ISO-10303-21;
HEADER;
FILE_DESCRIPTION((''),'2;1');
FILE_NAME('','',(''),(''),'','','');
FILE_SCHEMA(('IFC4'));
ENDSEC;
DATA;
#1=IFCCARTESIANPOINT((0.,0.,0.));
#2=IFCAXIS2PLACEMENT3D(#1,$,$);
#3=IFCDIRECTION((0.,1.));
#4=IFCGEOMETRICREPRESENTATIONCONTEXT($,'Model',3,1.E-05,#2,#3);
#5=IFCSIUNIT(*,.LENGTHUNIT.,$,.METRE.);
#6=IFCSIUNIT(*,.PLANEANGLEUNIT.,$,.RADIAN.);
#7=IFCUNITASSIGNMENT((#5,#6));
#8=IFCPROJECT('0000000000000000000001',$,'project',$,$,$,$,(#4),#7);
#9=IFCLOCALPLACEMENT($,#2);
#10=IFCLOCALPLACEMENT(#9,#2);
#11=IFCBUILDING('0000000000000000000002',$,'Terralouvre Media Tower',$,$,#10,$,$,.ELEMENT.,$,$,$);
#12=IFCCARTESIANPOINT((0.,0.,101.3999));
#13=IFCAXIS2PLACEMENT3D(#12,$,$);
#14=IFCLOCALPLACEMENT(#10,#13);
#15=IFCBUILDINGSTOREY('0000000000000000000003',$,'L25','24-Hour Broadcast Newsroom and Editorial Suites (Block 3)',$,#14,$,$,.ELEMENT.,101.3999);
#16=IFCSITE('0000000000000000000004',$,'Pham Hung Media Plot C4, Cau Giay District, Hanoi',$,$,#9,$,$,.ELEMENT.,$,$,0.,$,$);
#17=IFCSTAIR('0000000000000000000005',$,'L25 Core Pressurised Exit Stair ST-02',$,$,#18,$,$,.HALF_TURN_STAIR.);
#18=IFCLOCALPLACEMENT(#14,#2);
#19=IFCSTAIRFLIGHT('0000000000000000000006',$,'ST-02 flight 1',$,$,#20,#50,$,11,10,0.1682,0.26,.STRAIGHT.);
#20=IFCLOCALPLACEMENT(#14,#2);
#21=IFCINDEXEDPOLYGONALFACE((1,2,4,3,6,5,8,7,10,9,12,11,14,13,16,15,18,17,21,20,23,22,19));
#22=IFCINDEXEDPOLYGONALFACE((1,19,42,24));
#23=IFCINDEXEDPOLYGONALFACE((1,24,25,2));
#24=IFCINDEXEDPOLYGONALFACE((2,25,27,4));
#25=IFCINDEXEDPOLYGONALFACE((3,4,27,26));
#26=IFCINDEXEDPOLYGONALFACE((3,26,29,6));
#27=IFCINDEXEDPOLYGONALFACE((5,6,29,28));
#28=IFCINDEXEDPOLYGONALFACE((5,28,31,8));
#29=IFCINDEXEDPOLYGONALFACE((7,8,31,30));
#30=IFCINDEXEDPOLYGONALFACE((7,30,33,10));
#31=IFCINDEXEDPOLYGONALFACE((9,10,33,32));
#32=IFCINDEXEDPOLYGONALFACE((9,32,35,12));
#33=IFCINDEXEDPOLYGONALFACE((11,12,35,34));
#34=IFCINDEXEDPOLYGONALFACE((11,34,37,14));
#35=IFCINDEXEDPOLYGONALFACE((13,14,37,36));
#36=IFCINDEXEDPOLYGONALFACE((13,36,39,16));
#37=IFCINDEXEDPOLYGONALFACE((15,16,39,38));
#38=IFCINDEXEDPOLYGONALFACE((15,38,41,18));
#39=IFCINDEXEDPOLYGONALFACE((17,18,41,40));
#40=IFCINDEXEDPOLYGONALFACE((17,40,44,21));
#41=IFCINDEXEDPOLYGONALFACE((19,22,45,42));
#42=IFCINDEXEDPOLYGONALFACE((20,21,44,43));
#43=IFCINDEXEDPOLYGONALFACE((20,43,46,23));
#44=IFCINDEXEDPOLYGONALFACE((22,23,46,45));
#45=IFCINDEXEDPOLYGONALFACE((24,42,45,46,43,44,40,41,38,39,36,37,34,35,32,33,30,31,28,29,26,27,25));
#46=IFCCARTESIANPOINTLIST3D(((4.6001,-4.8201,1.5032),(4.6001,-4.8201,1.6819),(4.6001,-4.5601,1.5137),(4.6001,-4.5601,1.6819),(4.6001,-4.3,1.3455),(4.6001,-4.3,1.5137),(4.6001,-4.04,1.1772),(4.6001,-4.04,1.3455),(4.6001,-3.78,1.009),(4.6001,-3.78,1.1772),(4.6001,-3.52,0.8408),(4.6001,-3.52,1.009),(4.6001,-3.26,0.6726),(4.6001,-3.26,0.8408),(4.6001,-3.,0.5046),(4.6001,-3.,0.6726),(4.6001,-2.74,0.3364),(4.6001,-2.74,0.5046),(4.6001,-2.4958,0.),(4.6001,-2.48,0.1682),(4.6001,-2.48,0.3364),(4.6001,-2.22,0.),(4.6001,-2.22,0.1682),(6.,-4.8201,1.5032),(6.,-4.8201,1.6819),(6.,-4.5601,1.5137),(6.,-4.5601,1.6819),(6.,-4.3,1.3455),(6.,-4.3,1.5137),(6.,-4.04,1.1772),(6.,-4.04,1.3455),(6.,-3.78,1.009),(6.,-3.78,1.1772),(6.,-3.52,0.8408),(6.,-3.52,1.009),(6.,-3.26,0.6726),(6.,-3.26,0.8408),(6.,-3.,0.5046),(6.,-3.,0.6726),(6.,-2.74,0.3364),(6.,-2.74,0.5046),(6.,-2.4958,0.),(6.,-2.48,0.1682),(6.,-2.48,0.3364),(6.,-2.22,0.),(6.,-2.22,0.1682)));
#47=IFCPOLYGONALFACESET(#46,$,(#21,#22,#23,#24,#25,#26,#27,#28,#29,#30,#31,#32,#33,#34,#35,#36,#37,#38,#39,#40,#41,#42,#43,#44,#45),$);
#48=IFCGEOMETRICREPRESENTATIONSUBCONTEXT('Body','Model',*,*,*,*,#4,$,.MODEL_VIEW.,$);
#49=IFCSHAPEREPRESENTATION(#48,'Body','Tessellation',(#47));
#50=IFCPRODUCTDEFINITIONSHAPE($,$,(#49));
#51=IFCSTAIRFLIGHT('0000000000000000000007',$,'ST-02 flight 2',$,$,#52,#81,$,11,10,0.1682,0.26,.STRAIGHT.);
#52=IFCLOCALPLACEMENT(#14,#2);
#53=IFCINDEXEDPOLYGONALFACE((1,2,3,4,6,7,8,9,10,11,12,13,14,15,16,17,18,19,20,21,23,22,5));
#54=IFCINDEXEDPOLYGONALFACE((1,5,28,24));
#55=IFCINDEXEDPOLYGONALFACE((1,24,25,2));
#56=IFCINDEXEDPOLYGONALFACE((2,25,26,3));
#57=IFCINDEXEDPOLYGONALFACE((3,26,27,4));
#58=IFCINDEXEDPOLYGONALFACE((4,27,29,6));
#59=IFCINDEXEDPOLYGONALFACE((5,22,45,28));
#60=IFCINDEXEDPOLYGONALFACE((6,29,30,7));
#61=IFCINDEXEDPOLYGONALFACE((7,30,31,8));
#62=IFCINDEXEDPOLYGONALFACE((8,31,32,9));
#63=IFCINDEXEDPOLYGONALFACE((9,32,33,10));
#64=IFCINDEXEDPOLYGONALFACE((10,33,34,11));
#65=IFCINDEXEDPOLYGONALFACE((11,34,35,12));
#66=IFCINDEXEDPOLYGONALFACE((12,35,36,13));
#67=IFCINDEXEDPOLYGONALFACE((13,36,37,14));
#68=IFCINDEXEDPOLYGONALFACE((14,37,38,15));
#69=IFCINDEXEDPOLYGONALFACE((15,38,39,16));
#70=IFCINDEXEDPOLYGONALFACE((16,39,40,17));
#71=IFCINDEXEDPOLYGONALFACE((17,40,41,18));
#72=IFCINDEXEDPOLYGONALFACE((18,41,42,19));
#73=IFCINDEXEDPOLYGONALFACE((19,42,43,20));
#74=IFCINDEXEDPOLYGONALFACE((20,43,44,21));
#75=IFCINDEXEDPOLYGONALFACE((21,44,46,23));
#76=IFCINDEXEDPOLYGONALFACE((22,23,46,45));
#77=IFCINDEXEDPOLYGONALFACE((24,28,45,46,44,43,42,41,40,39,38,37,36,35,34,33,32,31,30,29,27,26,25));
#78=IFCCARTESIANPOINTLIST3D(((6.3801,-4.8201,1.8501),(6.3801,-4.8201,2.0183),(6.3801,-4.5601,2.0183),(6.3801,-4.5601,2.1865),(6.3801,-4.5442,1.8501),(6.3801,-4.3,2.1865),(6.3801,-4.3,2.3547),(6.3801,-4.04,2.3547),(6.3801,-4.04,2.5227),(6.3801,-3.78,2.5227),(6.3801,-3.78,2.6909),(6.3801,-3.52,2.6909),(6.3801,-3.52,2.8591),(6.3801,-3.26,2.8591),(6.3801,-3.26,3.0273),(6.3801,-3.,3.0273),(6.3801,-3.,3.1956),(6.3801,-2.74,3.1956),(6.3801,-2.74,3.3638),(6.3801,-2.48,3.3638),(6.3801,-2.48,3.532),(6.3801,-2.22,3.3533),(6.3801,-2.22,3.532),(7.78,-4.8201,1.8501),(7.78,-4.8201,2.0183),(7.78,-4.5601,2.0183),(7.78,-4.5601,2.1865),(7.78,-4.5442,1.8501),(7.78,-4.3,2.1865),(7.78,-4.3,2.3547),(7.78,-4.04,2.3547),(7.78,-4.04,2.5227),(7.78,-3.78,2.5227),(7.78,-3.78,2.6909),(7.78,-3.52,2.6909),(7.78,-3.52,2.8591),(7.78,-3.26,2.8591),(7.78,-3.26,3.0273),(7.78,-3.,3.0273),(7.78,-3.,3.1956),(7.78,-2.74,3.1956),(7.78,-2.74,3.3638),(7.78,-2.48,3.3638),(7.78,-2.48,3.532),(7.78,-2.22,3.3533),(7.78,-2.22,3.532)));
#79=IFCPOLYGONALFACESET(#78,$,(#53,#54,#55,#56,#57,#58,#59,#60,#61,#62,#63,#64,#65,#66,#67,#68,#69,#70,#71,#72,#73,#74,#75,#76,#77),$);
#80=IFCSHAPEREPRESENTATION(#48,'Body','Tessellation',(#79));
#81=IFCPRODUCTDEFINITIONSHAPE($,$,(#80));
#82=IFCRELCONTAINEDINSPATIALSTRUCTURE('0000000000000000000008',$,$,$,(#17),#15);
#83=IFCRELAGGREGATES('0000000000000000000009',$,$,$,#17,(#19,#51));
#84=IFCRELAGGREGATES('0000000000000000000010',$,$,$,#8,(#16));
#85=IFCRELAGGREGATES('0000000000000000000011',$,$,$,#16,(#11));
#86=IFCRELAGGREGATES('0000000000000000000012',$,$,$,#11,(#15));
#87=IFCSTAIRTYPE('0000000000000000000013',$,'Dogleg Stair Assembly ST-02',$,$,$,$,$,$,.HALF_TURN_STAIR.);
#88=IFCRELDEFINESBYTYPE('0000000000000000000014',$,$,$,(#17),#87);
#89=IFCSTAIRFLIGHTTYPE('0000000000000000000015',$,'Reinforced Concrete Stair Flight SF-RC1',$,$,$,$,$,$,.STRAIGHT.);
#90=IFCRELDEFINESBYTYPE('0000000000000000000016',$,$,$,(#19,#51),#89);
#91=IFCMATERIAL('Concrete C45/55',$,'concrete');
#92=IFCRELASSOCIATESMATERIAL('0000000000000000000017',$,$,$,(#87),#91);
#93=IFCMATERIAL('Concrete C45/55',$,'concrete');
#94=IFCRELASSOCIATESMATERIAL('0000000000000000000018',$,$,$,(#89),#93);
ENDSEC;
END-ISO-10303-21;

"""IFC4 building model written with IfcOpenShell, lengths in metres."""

from ifc_helpers import new_model, si_unit, direction, frame, origin, place, context, subcontext, project, spatial, polyline, outline, extrude, material, type_object, element, aggregate, save


model = new_model("IFC4")

# Units and contexts
model_context = context("Model", 3, precision=1e-05, world=origin(), true_north=direction((0.0, 1.0)))
body_context = subcontext(model_context, "Body", "Model", "MODEL_VIEW")
ifc_project = project(units=[si_unit("LENGTHUNIT", "METRE"), si_unit("PLANEANGLEUNIT", "RADIAN")], contexts=[model_context])

# Site, building, storey
site_placement = place(None, origin())
site = spatial("IfcSite", under=ifc_project, at=site_placement, Name="Pham Hung Media Plot C4, Cau Giay District, Hanoi", CompositionType="ELEMENT", RefElevation=0.0)
building_placement = place(site_placement, origin())
building = spatial("IfcBuilding", under=site, at=building_placement, Name="Terralouvre Media Tower", CompositionType="ELEMENT")
storey_placement = place(building_placement, frame((0.0, 0.0, 101.3999)))
storey = spatial("IfcBuildingStorey", under=building, at=storey_placement, Name="L25", Description="24-Hour Broadcast Newsroom and Editorial Suites (Block 3)", CompositionType="ELEMENT", Elevation=101.3999)

# Stair, stair flights
ifc_material_1 = material(Name="Concrete C45/55", Category="concrete")
stair_type = type_object("IfcStairType", Name="Dogleg Stair Assembly ST-02", PredefinedType="HALF_TURN_STAIR", material=ifc_material_1)
stair_placement = place(storey_placement, origin())
stair = element("IfcStair", 1, at=stair_placement, inside=storey, type_object=stair_type, Name="L25 Core Pressurised Exit Stair ST-02", PredefinedType="HALF_TURN_STAIR")
ifc_material_2 = material(Name="Concrete C45/55", Category="concrete")
stair_flight_type = type_object("IfcStairFlightType", Name="Reinforced Concrete Stair Flight SF-RC1", PredefinedType="STRAIGHT", material=ifc_material_2)
stair_flight_1_placement = place(storey_placement, frame((5.3, -2.22, 0.0), z_axis=(0.0, 0.0, 1.0), x_axis=(0.0, -1.0, 0.0)))
stair_flight_1 = element("IfcStairFlight", 2, at=stair_flight_1_placement, type_object=stair_flight_type, Name="ST-02 flight 1", NumberOfRisers=11, NumberOfTreads=10, PredefinedType="STRAIGHT", RiserHeight=0.1682, TreadLength=0.26, context=body_context, shape_type="SweptSolid", body=[
    extrude(outline(polyline([(0.0, 0.0), (0.0, 0.1682), (0.26, 0.1682), (0.26, 0.3364), (0.52, 0.3364), (0.52, 0.5046), (0.78, 0.5046), (0.78, 0.6726), (1.04, 0.6726), (1.04, 0.8408), (1.3, 0.8408), (1.3, 1.009), (1.5601, 1.009), (1.5601, 1.1772), (1.8201, 1.1772), (1.8201, 1.3455), (2.0801, 1.3455), (2.0801, 1.5137), (2.3401, 1.5137), (2.3401, 1.6819), (2.6001, 1.6819), (2.6001, 1.8501), (2.6001, 1.5032), (0.2759, 0.0), (0.0, 0.0)])), frame((0.0, 0.7, 0.0), z_axis=(0.0, -1.0, 0.0), x_axis=(1.0, 0.0, 0.0)), (0.0, 0.0, 1.0), 1.3999),
])
stair_flight_2_placement = place(storey_placement, frame((7.0801, -4.8201, 1.8501), z_axis=(0.0, 0.0, 1.0), x_axis=(0.0, 1.0, 0.0)))
stair_flight_2 = element("IfcStairFlight", 3, at=stair_flight_2_placement, type_object=stair_flight_type, Name="ST-02 flight 2", NumberOfRisers=11, NumberOfTreads=10, PredefinedType="STRAIGHT", RiserHeight=0.1682, TreadLength=0.26, context=body_context, shape_type="SweptSolid", body=[
    extrude(outline(polyline([(0.0, 0.0), (0.0, 0.1682), (0.26, 0.1682), (0.26, 0.3364), (0.52, 0.3364), (0.52, 0.5046), (0.78, 0.5046), (0.78, 0.6726), (1.04, 0.6726), (1.04, 0.8408), (1.3, 0.8408), (1.3, 1.009), (1.5601, 1.009), (1.5601, 1.1772), (1.8201, 1.1772), (1.8201, 1.3455), (2.0801, 1.3455), (2.0801, 1.5137), (2.3401, 1.5137), (2.3401, 1.6819), (2.6001, 1.6819), (2.6001, 1.8501), (2.6001, 1.5032), (0.2759, 0.0), (0.0, 0.0)])), frame((0.0, 0.7, 0.0), z_axis=(0.0, -1.0, 0.0), x_axis=(1.0, 0.0, 0.0)), (0.0, 0.0, 1.0), 1.3999),
])
aggregate(stair, [stair_flight_1, stair_flight_2])

save(model, "model.ifc")
